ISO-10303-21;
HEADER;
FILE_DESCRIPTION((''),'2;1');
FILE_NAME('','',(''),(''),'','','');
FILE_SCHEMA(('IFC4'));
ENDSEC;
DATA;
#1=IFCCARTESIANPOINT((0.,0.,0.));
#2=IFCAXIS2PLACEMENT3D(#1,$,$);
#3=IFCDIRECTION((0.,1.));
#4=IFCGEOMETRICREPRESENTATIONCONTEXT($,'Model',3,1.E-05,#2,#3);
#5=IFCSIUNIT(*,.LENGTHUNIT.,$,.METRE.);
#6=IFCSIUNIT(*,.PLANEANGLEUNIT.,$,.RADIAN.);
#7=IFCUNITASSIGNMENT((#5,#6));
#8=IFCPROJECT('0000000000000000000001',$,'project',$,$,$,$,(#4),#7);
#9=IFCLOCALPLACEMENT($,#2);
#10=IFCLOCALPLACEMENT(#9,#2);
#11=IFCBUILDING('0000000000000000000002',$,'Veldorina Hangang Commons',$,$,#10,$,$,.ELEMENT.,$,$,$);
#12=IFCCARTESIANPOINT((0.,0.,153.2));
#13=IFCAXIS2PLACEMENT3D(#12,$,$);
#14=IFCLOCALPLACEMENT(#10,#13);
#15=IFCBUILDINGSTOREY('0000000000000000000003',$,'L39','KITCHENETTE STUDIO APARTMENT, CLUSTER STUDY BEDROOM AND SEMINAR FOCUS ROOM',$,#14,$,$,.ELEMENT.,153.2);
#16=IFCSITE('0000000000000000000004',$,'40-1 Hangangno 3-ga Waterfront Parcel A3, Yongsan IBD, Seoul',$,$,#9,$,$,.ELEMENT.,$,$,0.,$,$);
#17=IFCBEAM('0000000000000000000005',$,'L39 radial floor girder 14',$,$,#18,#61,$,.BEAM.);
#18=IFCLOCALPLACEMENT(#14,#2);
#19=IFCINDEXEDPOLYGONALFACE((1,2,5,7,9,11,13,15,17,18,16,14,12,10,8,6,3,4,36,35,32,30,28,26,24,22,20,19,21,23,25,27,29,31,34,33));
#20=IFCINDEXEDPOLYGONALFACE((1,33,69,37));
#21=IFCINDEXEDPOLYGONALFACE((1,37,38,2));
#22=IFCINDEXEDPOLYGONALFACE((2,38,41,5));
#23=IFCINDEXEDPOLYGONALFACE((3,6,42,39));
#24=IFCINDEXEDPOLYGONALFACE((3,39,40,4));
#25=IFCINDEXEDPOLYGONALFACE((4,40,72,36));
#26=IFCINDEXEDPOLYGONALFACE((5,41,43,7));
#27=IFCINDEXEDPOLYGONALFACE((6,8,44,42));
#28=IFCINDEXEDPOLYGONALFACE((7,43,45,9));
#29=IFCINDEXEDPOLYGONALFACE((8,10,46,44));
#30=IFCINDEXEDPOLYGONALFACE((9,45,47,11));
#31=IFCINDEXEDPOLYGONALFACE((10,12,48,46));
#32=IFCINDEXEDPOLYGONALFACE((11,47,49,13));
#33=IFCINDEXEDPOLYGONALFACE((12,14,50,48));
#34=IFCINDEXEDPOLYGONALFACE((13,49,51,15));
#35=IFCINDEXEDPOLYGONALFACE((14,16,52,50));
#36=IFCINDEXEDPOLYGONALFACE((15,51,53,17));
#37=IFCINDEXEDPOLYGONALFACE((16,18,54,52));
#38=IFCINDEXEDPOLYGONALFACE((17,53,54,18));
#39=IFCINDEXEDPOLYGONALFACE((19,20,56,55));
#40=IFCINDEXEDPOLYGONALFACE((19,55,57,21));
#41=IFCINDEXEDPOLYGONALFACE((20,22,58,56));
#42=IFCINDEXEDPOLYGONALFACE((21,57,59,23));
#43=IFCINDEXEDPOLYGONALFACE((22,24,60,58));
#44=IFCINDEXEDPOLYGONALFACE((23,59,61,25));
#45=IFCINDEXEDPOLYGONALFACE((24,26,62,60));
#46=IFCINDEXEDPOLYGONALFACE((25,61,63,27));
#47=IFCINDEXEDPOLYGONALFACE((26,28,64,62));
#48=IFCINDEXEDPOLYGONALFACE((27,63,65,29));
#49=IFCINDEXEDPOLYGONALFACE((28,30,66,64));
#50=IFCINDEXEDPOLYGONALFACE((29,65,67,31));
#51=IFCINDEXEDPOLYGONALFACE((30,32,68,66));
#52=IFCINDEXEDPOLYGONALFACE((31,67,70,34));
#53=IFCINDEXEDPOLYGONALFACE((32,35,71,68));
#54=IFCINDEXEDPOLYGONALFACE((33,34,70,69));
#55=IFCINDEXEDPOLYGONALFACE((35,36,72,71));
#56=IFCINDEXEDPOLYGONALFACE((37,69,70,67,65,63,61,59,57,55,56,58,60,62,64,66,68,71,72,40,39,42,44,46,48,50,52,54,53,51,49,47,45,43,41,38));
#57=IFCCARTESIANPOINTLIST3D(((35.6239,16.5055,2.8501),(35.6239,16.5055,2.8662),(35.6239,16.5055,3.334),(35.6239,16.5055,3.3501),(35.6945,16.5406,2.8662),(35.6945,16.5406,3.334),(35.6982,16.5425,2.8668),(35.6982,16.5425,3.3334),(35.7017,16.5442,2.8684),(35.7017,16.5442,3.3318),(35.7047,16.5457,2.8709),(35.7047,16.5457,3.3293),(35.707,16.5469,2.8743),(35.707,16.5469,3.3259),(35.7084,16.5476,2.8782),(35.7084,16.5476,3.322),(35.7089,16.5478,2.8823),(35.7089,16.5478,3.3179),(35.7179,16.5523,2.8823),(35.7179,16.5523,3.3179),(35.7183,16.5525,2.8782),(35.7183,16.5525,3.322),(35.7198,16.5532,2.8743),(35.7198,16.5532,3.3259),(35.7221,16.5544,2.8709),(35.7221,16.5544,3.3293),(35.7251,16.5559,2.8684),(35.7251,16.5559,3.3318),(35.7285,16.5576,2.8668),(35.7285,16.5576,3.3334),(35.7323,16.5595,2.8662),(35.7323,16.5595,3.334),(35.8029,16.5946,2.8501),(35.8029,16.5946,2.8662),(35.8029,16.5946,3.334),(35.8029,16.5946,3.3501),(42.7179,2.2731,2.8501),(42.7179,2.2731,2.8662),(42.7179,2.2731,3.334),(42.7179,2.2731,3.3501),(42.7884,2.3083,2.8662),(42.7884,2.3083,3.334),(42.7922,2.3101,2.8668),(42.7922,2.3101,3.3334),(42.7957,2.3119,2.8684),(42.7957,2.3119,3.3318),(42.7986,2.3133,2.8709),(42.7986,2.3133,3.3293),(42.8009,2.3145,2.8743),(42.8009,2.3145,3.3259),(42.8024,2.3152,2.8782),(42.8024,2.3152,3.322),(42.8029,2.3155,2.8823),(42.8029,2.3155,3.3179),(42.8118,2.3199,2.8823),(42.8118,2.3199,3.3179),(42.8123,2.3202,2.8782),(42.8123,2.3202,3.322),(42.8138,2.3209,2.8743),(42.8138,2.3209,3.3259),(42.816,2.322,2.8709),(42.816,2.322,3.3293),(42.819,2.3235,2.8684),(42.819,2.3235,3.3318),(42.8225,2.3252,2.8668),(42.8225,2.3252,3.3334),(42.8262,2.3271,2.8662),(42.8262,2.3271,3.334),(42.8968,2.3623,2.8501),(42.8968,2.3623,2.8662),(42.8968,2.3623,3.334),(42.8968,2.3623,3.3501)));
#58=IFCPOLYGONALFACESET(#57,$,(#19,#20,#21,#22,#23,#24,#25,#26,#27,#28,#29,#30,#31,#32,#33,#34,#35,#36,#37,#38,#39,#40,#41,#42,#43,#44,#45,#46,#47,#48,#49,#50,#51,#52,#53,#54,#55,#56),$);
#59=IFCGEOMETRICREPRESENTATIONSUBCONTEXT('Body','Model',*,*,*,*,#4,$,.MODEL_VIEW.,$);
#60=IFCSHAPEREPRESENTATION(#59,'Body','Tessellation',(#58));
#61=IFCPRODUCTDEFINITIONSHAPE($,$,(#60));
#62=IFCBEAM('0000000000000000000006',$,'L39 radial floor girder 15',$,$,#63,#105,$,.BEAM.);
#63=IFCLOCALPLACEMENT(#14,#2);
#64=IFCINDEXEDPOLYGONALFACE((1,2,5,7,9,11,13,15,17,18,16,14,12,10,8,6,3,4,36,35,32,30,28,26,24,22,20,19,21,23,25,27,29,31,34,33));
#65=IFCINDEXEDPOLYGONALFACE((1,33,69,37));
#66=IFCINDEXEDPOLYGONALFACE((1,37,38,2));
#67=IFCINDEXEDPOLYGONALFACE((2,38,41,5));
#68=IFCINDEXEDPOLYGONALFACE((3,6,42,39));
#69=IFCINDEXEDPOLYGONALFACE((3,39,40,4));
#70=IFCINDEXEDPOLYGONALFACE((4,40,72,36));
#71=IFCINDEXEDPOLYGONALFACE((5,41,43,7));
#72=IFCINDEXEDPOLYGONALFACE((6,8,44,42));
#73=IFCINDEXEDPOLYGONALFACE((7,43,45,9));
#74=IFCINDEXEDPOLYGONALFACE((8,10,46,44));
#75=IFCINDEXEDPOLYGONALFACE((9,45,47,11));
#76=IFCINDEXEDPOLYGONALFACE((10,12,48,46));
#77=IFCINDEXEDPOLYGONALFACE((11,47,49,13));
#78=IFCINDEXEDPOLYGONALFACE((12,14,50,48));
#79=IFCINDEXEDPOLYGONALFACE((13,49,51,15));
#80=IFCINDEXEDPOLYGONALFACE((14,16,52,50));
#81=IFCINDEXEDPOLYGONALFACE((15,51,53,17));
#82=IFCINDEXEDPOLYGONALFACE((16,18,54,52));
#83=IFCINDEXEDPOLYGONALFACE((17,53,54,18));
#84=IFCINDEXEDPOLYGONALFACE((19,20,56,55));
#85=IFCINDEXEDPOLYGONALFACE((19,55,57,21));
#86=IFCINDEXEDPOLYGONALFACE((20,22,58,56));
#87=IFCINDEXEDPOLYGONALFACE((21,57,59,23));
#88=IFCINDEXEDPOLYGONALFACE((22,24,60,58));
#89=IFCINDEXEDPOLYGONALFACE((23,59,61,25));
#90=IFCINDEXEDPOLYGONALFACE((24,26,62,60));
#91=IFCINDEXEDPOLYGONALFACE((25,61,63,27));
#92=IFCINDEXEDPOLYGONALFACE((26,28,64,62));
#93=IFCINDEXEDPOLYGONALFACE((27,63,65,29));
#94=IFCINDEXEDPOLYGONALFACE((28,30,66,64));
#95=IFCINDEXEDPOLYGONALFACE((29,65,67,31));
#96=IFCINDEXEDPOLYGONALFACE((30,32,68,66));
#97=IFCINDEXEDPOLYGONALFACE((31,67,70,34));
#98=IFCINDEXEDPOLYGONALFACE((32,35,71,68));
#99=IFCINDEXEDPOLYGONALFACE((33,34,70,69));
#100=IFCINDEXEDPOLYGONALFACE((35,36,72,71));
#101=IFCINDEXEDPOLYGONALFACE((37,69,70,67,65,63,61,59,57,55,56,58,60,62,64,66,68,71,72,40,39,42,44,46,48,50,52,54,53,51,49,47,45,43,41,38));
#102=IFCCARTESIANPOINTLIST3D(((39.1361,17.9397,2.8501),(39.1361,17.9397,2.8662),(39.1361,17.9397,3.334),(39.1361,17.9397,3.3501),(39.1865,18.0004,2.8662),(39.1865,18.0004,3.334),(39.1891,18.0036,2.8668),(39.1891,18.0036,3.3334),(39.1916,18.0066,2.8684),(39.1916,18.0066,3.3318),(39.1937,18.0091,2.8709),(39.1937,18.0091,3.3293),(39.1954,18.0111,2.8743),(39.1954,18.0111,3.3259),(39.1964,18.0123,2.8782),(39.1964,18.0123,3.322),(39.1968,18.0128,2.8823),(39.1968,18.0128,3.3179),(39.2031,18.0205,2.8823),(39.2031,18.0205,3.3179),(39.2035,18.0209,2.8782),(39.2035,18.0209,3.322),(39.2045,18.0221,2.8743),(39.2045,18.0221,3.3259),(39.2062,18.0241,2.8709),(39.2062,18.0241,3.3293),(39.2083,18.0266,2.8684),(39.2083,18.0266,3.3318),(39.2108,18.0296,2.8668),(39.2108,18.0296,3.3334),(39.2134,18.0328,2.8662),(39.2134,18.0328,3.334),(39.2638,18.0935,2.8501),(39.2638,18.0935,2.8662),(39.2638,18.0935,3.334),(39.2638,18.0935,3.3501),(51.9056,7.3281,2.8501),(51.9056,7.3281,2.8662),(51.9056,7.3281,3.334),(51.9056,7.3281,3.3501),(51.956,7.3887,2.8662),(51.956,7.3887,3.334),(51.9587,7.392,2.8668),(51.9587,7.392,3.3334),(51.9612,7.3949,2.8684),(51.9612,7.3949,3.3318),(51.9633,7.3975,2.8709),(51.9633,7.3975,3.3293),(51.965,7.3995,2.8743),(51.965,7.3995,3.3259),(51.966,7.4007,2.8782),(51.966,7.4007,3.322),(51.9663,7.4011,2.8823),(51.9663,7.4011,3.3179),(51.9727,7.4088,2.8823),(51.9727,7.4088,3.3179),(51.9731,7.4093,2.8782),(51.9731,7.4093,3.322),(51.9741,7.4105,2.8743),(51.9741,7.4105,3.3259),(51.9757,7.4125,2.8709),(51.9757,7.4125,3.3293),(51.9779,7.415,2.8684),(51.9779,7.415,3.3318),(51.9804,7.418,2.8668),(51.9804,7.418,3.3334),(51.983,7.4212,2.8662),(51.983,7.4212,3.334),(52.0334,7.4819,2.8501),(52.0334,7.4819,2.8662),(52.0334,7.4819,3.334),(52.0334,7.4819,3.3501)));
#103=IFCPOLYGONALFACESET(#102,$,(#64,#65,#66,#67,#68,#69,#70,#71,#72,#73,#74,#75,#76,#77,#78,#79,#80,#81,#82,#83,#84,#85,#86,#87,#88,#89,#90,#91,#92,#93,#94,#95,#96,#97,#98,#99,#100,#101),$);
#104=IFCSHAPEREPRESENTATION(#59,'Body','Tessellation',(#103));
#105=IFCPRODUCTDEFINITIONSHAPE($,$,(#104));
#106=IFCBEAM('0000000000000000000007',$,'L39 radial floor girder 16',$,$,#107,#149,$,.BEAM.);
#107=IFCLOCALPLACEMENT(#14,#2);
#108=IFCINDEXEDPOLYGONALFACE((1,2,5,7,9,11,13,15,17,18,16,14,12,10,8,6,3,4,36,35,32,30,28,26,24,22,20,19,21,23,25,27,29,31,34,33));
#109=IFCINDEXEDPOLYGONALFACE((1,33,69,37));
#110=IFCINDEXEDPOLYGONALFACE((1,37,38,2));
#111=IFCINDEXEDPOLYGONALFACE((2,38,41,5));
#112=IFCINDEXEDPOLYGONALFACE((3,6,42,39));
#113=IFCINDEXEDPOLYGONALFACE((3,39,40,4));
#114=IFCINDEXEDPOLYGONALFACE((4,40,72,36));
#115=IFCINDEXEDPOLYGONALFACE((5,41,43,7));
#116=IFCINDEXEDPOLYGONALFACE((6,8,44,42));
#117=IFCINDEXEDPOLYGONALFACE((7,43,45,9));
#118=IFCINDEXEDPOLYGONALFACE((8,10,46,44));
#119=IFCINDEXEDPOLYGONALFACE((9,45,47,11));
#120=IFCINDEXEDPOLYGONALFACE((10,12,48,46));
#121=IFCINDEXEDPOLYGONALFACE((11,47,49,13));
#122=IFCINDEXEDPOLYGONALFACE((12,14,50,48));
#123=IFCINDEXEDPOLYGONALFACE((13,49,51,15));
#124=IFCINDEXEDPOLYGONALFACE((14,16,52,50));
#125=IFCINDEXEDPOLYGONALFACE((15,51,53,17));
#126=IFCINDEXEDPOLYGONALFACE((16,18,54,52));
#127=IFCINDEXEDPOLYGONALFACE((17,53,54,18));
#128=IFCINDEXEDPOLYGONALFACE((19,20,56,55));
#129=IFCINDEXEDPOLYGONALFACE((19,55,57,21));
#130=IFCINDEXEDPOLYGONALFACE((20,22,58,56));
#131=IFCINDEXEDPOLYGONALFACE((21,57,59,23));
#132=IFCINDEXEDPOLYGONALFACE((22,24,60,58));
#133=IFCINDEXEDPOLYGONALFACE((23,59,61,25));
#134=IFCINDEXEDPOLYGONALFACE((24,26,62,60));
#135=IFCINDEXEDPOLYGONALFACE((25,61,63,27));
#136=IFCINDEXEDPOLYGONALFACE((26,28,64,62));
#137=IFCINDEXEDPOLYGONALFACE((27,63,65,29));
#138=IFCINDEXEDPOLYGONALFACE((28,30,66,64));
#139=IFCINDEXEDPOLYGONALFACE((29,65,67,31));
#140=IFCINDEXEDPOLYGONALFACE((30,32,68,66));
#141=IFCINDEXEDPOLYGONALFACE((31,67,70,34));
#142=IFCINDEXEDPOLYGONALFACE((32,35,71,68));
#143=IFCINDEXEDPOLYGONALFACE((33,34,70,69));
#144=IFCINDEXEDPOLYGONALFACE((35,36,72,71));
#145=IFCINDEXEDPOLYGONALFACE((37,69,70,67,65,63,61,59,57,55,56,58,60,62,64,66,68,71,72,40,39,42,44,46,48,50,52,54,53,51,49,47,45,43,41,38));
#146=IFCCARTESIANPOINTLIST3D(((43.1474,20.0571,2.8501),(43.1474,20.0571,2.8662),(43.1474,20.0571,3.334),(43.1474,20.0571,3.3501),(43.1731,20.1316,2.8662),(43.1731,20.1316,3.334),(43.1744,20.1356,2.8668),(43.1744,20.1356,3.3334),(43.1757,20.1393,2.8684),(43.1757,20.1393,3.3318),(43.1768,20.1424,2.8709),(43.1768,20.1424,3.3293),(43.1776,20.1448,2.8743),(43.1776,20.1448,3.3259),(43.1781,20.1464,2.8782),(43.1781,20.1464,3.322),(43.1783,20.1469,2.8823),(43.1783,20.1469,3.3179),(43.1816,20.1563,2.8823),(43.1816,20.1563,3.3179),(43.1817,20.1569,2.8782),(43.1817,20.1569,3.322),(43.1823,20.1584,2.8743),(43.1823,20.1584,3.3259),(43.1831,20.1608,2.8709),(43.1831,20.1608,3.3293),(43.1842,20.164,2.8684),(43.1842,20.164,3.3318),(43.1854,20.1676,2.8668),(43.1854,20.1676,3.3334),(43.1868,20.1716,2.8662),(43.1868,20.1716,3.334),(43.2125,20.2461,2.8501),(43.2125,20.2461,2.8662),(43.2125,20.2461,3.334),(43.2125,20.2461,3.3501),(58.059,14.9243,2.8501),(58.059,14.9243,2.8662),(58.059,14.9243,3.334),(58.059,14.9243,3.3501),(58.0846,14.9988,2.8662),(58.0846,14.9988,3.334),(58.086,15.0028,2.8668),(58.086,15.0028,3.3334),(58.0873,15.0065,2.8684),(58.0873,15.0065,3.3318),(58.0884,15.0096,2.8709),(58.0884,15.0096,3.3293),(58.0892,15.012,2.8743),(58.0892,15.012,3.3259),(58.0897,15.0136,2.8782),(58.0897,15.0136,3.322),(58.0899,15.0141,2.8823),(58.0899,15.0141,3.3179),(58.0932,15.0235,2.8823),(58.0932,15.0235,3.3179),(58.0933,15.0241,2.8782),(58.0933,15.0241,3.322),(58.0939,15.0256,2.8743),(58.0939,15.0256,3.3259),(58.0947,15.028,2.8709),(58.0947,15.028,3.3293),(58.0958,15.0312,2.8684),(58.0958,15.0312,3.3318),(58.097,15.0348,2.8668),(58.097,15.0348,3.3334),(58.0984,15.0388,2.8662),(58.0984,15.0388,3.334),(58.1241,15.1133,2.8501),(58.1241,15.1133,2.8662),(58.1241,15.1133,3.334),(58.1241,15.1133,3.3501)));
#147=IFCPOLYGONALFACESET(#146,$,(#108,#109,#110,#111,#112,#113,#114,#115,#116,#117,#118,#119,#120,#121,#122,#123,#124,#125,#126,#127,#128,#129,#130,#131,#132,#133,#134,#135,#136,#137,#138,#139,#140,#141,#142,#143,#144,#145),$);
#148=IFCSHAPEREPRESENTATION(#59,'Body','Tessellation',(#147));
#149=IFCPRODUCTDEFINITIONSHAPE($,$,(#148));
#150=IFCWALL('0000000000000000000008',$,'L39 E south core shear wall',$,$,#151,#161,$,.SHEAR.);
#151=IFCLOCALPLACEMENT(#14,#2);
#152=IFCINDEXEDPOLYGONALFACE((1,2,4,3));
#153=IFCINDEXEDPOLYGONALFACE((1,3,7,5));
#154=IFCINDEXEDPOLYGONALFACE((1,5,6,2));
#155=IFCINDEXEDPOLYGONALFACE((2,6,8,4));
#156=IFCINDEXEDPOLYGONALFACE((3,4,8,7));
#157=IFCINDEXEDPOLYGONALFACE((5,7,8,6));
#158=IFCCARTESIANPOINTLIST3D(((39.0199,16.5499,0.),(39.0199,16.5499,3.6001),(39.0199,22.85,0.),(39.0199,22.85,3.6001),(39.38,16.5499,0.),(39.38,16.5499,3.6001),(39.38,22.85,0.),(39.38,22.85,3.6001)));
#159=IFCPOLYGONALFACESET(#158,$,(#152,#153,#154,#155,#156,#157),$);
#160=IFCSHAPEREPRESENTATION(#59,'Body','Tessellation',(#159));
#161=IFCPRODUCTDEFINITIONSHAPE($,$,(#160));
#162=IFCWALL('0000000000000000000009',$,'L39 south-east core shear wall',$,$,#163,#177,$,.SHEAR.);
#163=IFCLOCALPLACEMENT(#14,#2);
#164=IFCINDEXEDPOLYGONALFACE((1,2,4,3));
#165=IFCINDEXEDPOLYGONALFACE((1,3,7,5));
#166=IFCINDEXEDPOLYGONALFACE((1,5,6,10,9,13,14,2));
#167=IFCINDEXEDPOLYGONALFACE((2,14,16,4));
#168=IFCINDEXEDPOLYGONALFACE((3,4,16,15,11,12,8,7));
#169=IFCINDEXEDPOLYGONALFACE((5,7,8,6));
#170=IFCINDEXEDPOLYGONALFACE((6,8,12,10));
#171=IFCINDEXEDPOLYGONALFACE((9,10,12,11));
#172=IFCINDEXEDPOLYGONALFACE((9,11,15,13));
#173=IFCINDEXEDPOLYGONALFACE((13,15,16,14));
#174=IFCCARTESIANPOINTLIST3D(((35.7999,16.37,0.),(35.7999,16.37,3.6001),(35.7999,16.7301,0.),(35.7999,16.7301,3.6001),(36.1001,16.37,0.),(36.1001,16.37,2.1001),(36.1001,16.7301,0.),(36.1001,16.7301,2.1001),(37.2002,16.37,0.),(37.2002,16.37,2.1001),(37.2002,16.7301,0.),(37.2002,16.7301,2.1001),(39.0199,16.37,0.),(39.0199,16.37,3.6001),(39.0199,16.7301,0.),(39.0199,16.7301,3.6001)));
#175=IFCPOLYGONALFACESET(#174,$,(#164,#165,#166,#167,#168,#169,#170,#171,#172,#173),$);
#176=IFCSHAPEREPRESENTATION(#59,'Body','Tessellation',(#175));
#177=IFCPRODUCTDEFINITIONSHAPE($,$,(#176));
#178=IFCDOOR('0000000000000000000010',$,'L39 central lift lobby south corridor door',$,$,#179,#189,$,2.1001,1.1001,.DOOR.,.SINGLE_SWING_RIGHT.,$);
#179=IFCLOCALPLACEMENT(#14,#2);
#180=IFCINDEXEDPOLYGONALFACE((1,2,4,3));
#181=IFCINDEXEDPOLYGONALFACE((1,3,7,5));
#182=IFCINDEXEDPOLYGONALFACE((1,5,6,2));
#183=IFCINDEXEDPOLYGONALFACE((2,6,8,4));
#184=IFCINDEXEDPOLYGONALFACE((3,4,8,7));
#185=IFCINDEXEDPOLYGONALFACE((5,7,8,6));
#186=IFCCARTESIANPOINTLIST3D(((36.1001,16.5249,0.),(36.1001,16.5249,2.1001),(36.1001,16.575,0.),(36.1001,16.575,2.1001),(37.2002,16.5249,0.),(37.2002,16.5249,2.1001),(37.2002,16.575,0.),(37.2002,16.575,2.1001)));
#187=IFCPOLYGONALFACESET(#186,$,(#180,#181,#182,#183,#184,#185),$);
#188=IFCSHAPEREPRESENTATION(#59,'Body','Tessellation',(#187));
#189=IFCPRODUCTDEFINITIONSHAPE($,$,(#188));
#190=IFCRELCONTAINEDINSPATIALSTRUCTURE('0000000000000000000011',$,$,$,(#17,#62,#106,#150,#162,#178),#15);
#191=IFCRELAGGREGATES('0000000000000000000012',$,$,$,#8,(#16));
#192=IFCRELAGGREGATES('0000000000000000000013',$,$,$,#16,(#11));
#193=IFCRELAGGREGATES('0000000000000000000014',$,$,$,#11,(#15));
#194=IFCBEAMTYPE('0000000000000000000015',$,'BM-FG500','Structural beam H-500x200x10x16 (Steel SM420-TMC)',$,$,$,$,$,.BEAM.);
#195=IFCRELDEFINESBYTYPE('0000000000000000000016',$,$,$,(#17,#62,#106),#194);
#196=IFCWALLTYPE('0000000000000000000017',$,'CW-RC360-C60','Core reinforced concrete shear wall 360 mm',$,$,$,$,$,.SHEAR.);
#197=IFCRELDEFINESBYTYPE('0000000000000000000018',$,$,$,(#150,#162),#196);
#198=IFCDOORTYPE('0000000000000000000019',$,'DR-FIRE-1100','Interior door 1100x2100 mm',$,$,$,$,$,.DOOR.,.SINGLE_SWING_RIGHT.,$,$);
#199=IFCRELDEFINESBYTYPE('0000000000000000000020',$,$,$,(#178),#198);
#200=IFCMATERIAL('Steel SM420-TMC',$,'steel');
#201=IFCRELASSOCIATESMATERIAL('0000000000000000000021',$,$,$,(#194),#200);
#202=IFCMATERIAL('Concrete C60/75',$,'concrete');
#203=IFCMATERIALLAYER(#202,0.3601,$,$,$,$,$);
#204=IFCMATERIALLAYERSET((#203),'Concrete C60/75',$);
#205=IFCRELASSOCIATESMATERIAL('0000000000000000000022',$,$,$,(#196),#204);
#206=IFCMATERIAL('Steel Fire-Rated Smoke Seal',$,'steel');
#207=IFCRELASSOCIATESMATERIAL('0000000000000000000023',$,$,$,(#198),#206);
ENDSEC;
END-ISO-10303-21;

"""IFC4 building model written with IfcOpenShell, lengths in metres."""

from ifc_helpers import new_model, si_unit, direction, frame, frame_2d, origin, origin_2d, place, context, subcontext, project, spatial, rectangle, i_section, extrude, material, layer, layer_set, material_profile, profile_set, type_object, element, fill, save


model = new_model("IFC4")

# Units and contexts
model_context = context("Model", 3, precision=1e-05, world=origin(), true_north=direction((0.0, 1.0)))
body_context = subcontext(model_context, "Body", "Model", "MODEL_VIEW")
ifc_project = project(units=[si_unit("LENGTHUNIT", "METRE"), si_unit("PLANEANGLEUNIT", "RADIAN")], contexts=[model_context])

# Site, building, storey
site_placement = place(None, origin())
site = spatial("IfcSite", under=ifc_project, at=site_placement, Name="40-1 Hangangno 3-ga Waterfront Parcel A3, Yongsan IBD, Seoul", CompositionType="ELEMENT", RefElevation=0.0)
building_placement = place(site_placement, origin())
building = spatial("IfcBuilding", under=site, at=building_placement, Name="Veldorina Hangang Commons", CompositionType="ELEMENT")
storey_placement = place(building_placement, frame((0.0, 0.0, 153.2)))
storey = spatial("IfcBuildingStorey", under=building, at=storey_placement, Name="L39", Description="KITCHENETTE STUDIO APARTMENT, CLUSTER STUDY BEDROOM AND SEMINAR FOCUS ROOM", CompositionType="ELEMENT", Elevation=153.2)

# Beams
ifc_material_1 = material(Name="Steel SM420-TMC", Category="steel")
ifc_material_profile = material_profile(ifc_material_1, i_section(OverallWidth=0.2, OverallDepth=0.5, WebThickness=0.01, FlangeThickness=0.0161, FilletRadius=0.0161, at=origin_2d()), Name="H-500x200x10x16")
ifc_profile_set = profile_set([ifc_material_profile], Name="Steel SM420-TMC")
beam_type = type_object("IfcBeamType", Name="BM-FG500", Description="Structural beam H-500x200x10x16 (Steel SM420-TMC)", PredefinedType="BEAM", material=ifc_profile_set)
beam_1_placement = place(storey_placement, frame((35.7134, 16.55, 3.1001), z_axis=(0.446096, -0.894985, 0.0), x_axis=(0.894985, 0.446096, 0.0)))
element("IfcBeam", 1, at=beam_1_placement, inside=storey, type_object=beam_type, Name="L39 radial floor girder 14", PredefinedType="BEAM", context=body_context, shape_type="SweptSolid", body=[
    extrude(i_section(OverallWidth=0.2, OverallDepth=0.5, WebThickness=0.01, FlangeThickness=0.0161, FilletRadius=0.0161, at=origin_2d()), origin(), (0.0, 0.0, 1.0), 15.9023),
])
beam_2_placement = place(storey_placement, frame((39.2, 18.0166, 3.1001), z_axis=(0.7691, -0.639128, 0.0), x_axis=(0.639128, 0.7691, 0.0)))
element("IfcBeam", 2, at=beam_2_placement, inside=storey, type_object=beam_type, Name="L39 radial floor girder 15", PredefinedType="BEAM", context=body_context, shape_type="SweptSolid", body=[
    extrude(i_section(OverallWidth=0.2, OverallDepth=0.5, WebThickness=0.01, FlangeThickness=0.0161, FilletRadius=0.0161, at=origin_2d()), origin(), (0.0, 0.0, 1.0), 16.6033),
])
beam_3_placement = place(storey_placement, frame((43.1799, 20.1516, 3.1001), z_axis=(0.945551, -0.325473, 0.0), x_axis=(0.325473, 0.945551, 0.0)))
element("IfcBeam", 3, at=beam_3_placement, inside=storey, type_object=beam_type, Name="L39 radial floor girder 16", PredefinedType="BEAM", context=body_context, shape_type="SweptSolid", body=[
    extrude(i_section(OverallWidth=0.2, OverallDepth=0.5, WebThickness=0.01, FlangeThickness=0.0161, FilletRadius=0.0161, at=origin_2d()), origin(), (0.0, 0.0, 1.0), 15.7703),
])

# Wall
ifc_material_2 = material(Name="Concrete C60/75", Category="concrete")
ifc_layer_1 = layer(ifc_material_2, 0.3601)
ifc_layer_set_1 = layer_set([ifc_layer_1], Name="Concrete C60/75")
wall_type_1 = type_object("IfcWallType", Name="CW-RC360-C60", Description="Core reinforced concrete shear wall 360 mm", PredefinedType="SHEAR", material=ifc_layer_set_1)
wall_1_placement = place(storey_placement, frame((39.2, 16.55, 0.0), z_axis=(0.0, 0.0, 1.0), x_axis=(0.0, 1.0, 0.0)))
element("IfcWall", 4, at=wall_1_placement, inside=storey, type_object=wall_type_1, Name="L39 E south core shear wall", PredefinedType="SHEAR", context=body_context, shape_type="SweptSolid", body=[
    extrude(rectangle(XDim=6.3, YDim=0.3601, at=frame_2d((3.1499, 0.0))), origin(), (0.0, 0.0, 1.0), 3.6001),
])

# Wall, opening, door
wall_2_placement = place(storey_placement, frame((35.8, 16.55, 0.0), z_axis=(0.0, 0.0, 1.0), x_axis=(1.0, 0.0, 0.0)))
wall_2 = element("IfcWall", 5, at=wall_2_placement, inside=storey, type_object=wall_type_1, Name="L39 south-east core shear wall", PredefinedType="SHEAR", context=body_context, shape_type="SweptSolid", body=[
    extrude(rectangle(XDim=3.22, YDim=0.3601, at=frame_2d((1.6099, 0.0))), origin(), (0.0, 0.0, 1.0), 3.6001),
])
opening_1_placement = place(wall_2_placement, frame((0.3, 0.0, 0.0)))
opening_1 = element("IfcOpeningElement", 6, at=opening_1_placement, cuts=wall_2, PredefinedType="OPENING", context=body_context, shape_type="SweptSolid", body=[
    extrude(rectangle(XDim=1.1001, YDim=2.1001, at=frame_2d((0.55, 1.05))), frame((0.0, 0.1899, 0.0), z_axis=(0.0, -1.0, 0.0), x_axis=(1.0, 0.0, 0.0)), (0.0, 0.0, 1.0), 0.3801),
])
ifc_material_3 = material(Name="Steel Fire-Rated Smoke Seal", Category="steel")
door_type_1 = type_object("IfcDoorType", Name="DR-FIRE-1100", Description="Interior door 1100x2100 mm", OperationType="SINGLE_SWING_RIGHT", PredefinedType="DOOR", material=ifc_material_3)
door_1_placement = place(opening_1_placement, origin())
door_1 = element("IfcDoor", 7, at=door_1_placement, inside=storey, type_object=door_type_1, Name="L39 central lift lobby south corridor door", OperationType="SINGLE_SWING_RIGHT", OverallHeight=2.1001, OverallWidth=1.1001, PredefinedType="DOOR", context=body_context, shape_type="SweptSolid", body=[
    extrude(rectangle(XDim=1.1001, YDim=2.1001, at=frame_2d((0.55, 1.05))), frame((0.0, 0.0249, 0.0), z_axis=(0.0, -1.0, 0.0), x_axis=(1.0, 0.0, 0.0)), (0.0, 0.0, 1.0), 0.05),
])
fill(opening_1, door_1)

save(model, "model.ifc")
